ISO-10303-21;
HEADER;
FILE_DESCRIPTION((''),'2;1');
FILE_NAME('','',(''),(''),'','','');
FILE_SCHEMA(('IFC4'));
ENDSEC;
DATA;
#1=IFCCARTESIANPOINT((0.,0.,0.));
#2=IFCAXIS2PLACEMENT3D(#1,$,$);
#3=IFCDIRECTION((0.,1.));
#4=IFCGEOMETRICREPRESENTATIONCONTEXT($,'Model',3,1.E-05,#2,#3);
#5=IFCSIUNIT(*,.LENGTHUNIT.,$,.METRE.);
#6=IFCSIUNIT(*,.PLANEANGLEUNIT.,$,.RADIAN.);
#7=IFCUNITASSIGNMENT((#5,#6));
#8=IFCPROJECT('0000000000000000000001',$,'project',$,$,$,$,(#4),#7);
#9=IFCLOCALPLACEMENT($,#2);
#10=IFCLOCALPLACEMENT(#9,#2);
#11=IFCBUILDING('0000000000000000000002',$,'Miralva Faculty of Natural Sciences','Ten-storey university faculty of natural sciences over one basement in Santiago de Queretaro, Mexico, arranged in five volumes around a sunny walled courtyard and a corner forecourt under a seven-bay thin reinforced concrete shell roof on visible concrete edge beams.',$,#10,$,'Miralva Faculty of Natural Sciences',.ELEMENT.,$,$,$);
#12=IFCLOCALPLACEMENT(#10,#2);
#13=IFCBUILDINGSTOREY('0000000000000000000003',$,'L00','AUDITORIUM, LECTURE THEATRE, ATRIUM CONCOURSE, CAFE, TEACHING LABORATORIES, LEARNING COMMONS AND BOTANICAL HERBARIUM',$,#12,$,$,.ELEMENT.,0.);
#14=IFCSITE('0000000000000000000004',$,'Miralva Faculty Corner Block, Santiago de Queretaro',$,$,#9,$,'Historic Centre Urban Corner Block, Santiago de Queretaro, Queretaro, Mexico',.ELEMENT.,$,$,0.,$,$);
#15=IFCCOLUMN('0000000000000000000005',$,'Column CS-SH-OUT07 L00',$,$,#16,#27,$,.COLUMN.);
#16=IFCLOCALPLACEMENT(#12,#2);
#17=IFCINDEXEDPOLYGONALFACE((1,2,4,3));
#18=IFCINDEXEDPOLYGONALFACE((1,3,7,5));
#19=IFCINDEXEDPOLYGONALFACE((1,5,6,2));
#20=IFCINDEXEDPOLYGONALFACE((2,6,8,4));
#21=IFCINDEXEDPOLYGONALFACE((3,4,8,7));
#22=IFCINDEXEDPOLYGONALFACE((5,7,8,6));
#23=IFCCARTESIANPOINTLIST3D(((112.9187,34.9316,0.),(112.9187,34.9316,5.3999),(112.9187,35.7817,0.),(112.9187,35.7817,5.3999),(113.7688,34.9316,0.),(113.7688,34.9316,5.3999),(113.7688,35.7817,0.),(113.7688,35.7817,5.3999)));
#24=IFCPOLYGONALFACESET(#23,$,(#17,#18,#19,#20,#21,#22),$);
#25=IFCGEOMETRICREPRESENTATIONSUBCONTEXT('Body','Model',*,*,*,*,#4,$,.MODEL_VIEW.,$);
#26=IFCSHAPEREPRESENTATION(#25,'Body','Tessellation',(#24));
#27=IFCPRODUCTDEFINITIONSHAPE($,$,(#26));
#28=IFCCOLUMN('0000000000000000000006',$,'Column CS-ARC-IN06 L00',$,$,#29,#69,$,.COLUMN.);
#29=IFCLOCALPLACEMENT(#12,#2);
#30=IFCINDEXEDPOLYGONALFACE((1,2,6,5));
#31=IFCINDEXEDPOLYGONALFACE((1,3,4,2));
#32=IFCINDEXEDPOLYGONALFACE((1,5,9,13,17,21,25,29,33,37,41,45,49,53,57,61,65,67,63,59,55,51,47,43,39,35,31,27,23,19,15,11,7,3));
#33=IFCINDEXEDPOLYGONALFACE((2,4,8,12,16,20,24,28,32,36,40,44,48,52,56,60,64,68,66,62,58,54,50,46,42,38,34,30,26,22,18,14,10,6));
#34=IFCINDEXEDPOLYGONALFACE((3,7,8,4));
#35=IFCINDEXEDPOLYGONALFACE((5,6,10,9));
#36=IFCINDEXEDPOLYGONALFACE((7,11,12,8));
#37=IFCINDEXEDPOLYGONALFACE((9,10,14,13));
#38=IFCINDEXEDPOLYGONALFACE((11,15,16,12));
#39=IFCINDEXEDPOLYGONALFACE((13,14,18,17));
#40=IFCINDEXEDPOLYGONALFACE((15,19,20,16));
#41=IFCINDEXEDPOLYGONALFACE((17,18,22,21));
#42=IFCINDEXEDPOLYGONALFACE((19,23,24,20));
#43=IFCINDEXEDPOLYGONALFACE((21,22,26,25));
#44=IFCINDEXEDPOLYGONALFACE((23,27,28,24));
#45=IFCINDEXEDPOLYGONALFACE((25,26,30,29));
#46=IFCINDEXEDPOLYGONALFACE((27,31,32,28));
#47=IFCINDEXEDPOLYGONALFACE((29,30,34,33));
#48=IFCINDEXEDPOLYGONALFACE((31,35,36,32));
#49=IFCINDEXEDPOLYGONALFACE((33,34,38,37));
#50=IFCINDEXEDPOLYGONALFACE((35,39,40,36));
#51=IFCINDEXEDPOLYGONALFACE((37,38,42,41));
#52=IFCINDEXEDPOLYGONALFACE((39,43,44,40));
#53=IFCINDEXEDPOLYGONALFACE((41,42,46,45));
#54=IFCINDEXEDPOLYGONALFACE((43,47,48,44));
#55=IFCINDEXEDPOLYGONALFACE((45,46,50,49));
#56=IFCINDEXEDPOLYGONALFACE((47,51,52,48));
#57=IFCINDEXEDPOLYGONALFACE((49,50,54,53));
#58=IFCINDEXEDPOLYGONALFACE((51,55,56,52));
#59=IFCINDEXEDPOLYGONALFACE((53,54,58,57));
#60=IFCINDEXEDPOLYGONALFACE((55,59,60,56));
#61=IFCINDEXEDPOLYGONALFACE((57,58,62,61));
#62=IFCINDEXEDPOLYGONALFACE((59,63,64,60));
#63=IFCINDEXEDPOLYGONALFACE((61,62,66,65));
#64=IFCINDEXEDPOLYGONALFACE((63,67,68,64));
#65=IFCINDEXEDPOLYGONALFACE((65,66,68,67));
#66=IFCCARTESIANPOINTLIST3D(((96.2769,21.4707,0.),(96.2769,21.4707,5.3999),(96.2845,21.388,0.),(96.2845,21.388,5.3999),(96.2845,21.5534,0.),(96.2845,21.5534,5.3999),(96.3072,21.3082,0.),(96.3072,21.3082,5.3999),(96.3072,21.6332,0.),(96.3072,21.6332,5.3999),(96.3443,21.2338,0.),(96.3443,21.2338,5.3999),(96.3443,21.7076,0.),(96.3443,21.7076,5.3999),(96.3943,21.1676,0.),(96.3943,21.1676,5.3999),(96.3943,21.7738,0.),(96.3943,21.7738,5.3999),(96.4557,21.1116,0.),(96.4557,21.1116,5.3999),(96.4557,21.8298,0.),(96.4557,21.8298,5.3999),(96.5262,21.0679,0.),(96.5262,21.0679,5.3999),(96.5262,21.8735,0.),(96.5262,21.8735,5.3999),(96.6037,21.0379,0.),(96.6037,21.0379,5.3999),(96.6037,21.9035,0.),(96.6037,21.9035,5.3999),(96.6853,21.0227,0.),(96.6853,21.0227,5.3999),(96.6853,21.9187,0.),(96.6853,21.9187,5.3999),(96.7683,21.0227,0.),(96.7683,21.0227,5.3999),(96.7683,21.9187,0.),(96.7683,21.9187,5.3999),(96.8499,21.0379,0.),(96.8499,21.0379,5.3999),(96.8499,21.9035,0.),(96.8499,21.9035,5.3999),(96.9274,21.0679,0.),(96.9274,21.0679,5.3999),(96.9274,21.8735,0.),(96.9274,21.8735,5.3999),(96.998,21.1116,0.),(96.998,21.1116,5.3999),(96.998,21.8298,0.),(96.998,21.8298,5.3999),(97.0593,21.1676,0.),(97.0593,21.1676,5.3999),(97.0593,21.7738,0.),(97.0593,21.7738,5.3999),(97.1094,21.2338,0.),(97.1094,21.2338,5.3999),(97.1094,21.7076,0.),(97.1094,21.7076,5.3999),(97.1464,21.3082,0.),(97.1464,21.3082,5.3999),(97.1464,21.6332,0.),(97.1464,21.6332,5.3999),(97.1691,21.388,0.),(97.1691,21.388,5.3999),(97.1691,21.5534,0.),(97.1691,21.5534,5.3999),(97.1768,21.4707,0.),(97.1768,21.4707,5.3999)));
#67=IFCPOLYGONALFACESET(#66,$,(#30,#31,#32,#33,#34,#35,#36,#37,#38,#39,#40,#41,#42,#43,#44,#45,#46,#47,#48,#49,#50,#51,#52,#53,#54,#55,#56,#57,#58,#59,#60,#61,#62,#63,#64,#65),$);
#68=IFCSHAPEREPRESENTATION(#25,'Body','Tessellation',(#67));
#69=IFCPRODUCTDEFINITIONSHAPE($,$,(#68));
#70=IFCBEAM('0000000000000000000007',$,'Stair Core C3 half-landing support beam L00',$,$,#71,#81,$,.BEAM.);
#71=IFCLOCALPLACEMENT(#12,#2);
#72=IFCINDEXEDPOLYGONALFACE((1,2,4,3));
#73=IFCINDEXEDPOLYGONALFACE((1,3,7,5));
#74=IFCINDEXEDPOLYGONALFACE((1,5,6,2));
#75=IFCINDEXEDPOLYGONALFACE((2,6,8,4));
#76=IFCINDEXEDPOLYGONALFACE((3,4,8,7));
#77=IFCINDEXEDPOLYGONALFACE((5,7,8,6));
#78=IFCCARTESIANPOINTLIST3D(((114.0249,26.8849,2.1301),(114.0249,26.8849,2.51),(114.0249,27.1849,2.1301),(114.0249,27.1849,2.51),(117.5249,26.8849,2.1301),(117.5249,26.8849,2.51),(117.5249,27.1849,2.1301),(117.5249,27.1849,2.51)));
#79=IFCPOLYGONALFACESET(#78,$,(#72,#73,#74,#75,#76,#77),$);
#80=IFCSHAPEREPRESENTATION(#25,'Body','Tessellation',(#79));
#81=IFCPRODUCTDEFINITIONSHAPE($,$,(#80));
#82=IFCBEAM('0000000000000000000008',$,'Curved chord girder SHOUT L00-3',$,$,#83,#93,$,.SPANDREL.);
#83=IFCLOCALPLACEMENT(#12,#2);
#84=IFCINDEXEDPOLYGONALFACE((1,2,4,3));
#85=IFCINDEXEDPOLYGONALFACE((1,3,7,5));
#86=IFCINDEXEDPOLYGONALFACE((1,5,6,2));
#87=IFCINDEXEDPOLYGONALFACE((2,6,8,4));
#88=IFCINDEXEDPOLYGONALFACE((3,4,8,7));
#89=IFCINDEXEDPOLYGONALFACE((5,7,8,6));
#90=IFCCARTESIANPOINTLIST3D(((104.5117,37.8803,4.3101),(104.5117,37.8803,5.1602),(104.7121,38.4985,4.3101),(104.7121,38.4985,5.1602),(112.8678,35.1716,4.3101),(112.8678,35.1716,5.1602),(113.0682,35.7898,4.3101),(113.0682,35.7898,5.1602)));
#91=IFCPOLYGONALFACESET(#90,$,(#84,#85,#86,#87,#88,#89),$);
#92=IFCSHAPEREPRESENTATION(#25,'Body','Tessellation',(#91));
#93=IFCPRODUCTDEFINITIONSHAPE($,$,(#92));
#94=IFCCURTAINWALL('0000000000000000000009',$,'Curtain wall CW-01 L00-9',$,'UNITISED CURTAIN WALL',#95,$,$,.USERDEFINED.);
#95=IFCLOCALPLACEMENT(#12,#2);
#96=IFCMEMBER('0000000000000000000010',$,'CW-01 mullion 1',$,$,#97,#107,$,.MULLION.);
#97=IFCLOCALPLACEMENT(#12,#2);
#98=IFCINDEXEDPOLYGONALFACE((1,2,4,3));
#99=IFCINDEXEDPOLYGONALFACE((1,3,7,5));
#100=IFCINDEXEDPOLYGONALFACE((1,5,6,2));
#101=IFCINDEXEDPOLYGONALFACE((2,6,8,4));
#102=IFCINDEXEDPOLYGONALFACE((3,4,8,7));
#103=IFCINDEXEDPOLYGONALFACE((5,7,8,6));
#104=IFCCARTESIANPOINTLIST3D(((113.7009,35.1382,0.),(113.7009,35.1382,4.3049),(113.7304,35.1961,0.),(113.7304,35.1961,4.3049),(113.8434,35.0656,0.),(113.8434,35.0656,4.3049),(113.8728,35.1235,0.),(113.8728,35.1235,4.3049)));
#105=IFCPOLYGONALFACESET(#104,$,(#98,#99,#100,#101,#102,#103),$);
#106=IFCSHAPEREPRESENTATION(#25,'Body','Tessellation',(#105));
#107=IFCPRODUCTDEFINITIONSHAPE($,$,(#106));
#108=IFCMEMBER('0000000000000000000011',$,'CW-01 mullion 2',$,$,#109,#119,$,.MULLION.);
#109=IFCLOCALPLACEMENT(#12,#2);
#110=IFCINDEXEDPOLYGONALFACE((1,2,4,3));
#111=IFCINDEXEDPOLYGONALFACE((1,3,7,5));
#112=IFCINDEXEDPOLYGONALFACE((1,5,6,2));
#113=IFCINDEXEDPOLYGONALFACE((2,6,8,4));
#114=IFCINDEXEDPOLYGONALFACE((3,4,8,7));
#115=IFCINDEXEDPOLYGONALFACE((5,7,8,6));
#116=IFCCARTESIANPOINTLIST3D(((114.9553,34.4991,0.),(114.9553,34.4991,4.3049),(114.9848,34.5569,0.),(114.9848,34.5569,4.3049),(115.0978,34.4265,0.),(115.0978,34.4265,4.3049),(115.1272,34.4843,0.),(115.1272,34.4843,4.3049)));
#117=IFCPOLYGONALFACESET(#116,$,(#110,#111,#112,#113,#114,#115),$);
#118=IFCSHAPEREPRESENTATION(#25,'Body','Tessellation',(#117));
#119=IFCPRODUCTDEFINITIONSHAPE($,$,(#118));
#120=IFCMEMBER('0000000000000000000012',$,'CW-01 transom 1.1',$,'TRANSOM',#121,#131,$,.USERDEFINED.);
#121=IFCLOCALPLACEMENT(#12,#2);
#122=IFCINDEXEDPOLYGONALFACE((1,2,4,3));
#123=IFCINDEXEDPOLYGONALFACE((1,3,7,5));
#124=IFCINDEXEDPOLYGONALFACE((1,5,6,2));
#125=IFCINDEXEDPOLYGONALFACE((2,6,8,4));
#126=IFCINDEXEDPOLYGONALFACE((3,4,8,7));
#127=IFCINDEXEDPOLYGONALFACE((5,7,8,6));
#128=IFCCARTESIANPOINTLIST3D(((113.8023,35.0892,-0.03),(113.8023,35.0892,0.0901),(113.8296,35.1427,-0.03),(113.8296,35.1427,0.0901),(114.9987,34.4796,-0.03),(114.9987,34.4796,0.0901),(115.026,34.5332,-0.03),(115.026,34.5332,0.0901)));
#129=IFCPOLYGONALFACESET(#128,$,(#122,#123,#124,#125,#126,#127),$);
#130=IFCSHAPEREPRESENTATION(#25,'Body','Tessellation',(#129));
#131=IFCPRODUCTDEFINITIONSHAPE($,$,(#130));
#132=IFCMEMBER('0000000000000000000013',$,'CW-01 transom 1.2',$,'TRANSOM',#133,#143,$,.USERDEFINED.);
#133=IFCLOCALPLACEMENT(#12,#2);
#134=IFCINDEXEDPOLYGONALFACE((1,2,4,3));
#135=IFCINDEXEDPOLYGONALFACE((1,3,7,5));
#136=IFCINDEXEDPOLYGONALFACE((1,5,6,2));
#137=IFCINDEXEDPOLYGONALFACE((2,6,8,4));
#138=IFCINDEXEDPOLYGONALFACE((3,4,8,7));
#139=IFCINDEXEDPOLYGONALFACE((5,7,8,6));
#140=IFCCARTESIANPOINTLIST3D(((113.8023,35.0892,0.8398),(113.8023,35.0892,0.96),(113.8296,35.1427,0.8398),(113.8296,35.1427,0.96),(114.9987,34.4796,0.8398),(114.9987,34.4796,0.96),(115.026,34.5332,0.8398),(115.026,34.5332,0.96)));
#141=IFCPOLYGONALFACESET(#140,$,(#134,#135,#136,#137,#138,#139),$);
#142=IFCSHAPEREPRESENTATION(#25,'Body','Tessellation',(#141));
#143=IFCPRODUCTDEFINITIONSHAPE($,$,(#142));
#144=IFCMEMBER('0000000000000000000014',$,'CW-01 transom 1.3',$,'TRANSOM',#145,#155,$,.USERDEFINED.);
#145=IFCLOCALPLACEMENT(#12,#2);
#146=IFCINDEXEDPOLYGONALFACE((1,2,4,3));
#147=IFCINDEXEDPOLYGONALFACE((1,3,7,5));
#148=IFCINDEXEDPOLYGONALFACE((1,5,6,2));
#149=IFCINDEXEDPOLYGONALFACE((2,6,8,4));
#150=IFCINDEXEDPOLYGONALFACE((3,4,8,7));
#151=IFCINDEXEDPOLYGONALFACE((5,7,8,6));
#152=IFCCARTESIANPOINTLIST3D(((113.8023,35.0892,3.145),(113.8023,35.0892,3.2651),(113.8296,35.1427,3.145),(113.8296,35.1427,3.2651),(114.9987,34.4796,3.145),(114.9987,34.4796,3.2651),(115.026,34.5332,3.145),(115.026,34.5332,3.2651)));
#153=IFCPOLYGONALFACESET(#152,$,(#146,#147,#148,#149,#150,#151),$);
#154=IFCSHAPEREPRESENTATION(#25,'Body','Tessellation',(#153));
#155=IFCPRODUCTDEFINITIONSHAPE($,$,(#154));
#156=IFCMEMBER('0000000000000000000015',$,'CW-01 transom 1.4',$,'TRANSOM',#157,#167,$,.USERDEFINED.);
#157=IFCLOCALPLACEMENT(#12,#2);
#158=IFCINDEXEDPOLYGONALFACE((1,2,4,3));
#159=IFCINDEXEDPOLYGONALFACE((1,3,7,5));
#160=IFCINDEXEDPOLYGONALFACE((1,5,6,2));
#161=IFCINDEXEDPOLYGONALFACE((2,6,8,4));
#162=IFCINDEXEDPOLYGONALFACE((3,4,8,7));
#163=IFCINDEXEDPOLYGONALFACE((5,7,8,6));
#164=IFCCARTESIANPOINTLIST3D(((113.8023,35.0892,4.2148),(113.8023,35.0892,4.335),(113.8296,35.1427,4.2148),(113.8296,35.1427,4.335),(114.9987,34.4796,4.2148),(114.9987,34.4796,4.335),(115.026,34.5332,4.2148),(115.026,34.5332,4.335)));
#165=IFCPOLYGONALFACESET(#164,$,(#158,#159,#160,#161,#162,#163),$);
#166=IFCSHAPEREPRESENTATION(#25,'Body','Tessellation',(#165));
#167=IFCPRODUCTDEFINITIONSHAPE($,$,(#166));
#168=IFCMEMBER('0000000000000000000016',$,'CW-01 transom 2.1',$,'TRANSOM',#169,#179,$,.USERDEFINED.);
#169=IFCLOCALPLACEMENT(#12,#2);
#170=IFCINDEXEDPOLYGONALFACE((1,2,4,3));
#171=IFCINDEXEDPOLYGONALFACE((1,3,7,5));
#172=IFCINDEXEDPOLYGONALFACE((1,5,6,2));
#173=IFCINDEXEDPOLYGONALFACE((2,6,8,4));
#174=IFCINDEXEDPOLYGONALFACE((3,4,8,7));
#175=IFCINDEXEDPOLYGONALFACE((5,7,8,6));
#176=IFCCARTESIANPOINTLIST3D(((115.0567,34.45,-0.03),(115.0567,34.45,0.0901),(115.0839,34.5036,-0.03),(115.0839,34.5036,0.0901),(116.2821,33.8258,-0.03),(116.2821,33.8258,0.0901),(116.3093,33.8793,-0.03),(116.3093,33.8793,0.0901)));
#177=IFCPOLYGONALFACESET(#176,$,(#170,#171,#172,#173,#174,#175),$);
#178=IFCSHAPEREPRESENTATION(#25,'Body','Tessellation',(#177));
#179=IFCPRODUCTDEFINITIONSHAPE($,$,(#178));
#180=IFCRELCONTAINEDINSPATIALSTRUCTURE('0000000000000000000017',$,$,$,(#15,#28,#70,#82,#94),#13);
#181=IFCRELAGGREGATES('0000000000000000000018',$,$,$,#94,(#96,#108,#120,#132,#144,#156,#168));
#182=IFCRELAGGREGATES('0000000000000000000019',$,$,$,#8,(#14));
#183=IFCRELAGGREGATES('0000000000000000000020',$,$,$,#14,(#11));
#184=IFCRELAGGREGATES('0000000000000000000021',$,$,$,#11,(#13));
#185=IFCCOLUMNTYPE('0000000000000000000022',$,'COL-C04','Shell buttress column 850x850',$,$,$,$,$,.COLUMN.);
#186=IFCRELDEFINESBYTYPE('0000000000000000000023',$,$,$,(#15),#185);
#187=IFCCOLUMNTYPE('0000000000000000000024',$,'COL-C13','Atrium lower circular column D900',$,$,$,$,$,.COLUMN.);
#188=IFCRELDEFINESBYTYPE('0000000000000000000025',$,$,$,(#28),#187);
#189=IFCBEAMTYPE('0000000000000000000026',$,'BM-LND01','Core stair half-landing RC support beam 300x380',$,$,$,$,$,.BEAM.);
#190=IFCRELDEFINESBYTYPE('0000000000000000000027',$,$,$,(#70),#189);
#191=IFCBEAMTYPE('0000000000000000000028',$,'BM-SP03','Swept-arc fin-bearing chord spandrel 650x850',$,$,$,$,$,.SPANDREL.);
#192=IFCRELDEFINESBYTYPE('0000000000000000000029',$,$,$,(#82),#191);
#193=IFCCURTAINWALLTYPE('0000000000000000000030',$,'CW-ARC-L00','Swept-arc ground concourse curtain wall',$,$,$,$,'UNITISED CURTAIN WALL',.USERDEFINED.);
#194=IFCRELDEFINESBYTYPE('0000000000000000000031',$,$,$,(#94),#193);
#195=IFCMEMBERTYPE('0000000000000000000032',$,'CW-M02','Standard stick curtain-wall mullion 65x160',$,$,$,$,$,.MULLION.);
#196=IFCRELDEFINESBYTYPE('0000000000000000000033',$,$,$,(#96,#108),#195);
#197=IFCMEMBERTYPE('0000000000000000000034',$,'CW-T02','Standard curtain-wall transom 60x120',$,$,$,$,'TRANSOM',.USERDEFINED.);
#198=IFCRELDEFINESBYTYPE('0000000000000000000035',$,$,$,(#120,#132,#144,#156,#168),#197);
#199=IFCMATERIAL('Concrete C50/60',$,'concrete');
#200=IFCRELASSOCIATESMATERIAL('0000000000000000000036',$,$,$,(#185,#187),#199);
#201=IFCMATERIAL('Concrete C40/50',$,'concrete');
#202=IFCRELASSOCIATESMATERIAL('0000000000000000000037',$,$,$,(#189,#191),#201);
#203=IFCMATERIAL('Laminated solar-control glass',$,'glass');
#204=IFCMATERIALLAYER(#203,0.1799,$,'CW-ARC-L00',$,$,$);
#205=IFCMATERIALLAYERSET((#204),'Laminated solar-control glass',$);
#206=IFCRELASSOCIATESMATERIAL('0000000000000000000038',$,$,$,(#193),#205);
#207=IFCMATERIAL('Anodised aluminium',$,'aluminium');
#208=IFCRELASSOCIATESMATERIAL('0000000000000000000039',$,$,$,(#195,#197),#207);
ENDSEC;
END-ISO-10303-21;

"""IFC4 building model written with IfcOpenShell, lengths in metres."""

from ifc_helpers import new_model, si_unit, direction, frame, origin, origin_2d, place, context, subcontext, project, spatial, rectangle, circle, extrude, material, layer, layer_set, material_profile, profile_set, type_object, element, aggregate, save


model = new_model("IFC4")

# Units and contexts
model_context = context("Model", 3, precision=1e-05, world=origin(), true_north=direction((0.0, 1.0)))
body_context = subcontext(model_context, "Body", "Model", "MODEL_VIEW")
ifc_project = project(units=[si_unit("LENGTHUNIT", "METRE"), si_unit("PLANEANGLEUNIT", "RADIAN")], contexts=[model_context])

# Site, building, storey
site_placement = place(None, origin())
site = spatial("IfcSite", under=ifc_project, at=site_placement, Name="Miralva Faculty Corner Block, Santiago de Queretaro", LongName="Historic Centre Urban Corner Block, Santiago de Queretaro, Queretaro, Mexico", CompositionType="ELEMENT", RefElevation=0.0)
building_placement = place(site_placement, origin())
building = spatial("IfcBuilding", under=site, at=building_placement, Name="Miralva Faculty of Natural Sciences", Description="Ten-storey university faculty of natural sciences over one basement in Santiago de Queretaro, Mexico, arranged in five volumes around a sunny walled courtyard and a corner forecourt under a seven-bay thin reinforced concrete shell roof on visible concrete edge beams.", LongName="Miralva Faculty of Natural Sciences", CompositionType="ELEMENT")
storey_placement = place(building_placement, origin())
storey = spatial("IfcBuildingStorey", under=building, at=storey_placement, Name="L00", Description="AUDITORIUM, LECTURE THEATRE, ATRIUM CONCOURSE, CAFE, TEACHING LABORATORIES, LEARNING COMMONS AND BOTANICAL HERBARIUM", CompositionType="ELEMENT", Elevation=0.0)

# Columns
ifc_material_1 = material(Name="Concrete C50/60", Category="concrete")
ifc_material_profile_1 = material_profile(ifc_material_1, rectangle(XDim=0.8501, YDim=0.8501, at=origin_2d()), Name="RC 850x850")
ifc_profile_set_1 = profile_set([ifc_material_profile_1], Name="Concrete C50/60")
column_type_1 = type_object("IfcColumnType", Name="COL-C04", Description="Shell buttress column 850x850", PredefinedType="COLUMN", material=ifc_profile_set_1)
column_1_placement = place(storey_placement, frame((113.3438, 35.3567, 0.0), z_axis=(0.0, 0.0, 1.0), x_axis=(1.0, 0.0, 0.0)))
element("IfcColumn", 1, at=column_1_placement, inside=storey, type_object=column_type_1, Name="Column CS-SH-OUT07 L00", PredefinedType="COLUMN", context=body_context, shape_type="SweptSolid", body=[
    extrude(rectangle(XDim=0.8501, YDim=0.8501, at=origin_2d()), origin(), (0.0, 0.0, 1.0), 5.3999),
])
ifc_material_profile_2 = material_profile(ifc_material_1, circle(Radius=0.45, at=origin_2d()), Name="RC DIA 900")
ifc_profile_set_2 = profile_set([ifc_material_profile_2], Name="Concrete C50/60")
column_type_2 = type_object("IfcColumnType", Name="COL-C13", Description="Atrium lower circular column D900", PredefinedType="COLUMN", material=ifc_profile_set_2)
column_2_placement = place(storey_placement, frame((96.7268, 21.4707, 0.0), z_axis=(0.0, 0.0, 1.0), x_axis=(1.0, 0.0, 0.0)))
element("IfcColumn", 2, at=column_2_placement, inside=storey, type_object=column_type_2, Name="Column CS-ARC-IN06 L00", PredefinedType="COLUMN", context=body_context, shape_type="SweptSolid", body=[
    extrude(circle(Radius=0.45, at=origin_2d()), origin(), (0.0, 0.0, 1.0), 5.3999),
])

# Beams
ifc_material_2 = material(Name="Concrete C40/50", Category="concrete")
ifc_material_profile_3 = material_profile(ifc_material_2, rectangle(XDim=0.3, YDim=0.3799, at=origin_2d()), Name="RC 300x380")
ifc_profile_set_3 = profile_set([ifc_material_profile_3], Name="Concrete C40/50")
beam_type_1 = type_object("IfcBeamType", Name="BM-LND01", Description="Core stair half-landing RC support beam 300x380", PredefinedType="BEAM", material=ifc_profile_set_3)
beam_1_placement = place(storey_placement, frame((114.0249, 27.0349, 2.3201), z_axis=(1.0, 0.0, 0.0), x_axis=(0.0, 1.0, 0.0)))
element("IfcBeam", 3, at=beam_1_placement, inside=storey, type_object=beam_type_1, Name="Stair Core C3 half-landing support beam L00", PredefinedType="BEAM", context=body_context, shape_type="SweptSolid", body=[
    extrude(rectangle(XDim=0.3, YDim=0.3799, at=origin_2d()), origin(), (0.0, 0.0, 1.0), 3.5),
])
ifc_material_profile_4 = material_profile(ifc_material_2, rectangle(XDim=0.6499, YDim=0.8501, at=origin_2d()), Name="RC 650x850")
ifc_profile_set_4 = profile_set([ifc_material_profile_4], Name="Concrete C40/50")
beam_type_2 = type_object("IfcBeamType", Name="BM-SP03", Description="Swept-arc fin-bearing chord spandrel 650x850", PredefinedType="SPANDREL", material=ifc_profile_set_4)
beam_2_placement = place(storey_placement, frame((112.968, 35.4807, 4.7351), z_axis=(-0.951269, 0.308363, 0.0), x_axis=(-0.308363, -0.951269, 0.0)))
element("IfcBeam", 4, at=beam_2_placement, inside=storey, type_object=beam_type_2, Name="Curved chord girder SHOUT L00-3", PredefinedType="SPANDREL", context=body_context, shape_type="SweptSolid", body=[
    extrude(rectangle(XDim=0.6499, YDim=0.8501, at=origin_2d()), origin(), (0.0, 0.0, 1.0), 8.7842),
])

# Curtain wall, members
ifc_material_3 = material(Name="Laminated solar-control glass", Category="glass")
ifc_layer_1 = layer(ifc_material_3, 0.1799, Name="CW-ARC-L00")
ifc_layer_set_1 = layer_set([ifc_layer_1], Name="Laminated solar-control glass")
curtain_wall_type = type_object("IfcCurtainWallType", Name="CW-ARC-L00", Description="Swept-arc ground concourse curtain wall", ElementType="UNITISED CURTAIN WALL", PredefinedType="USERDEFINED", material=ifc_layer_set_1)
curtain_wall_placement = place(storey_placement, origin())
curtain_wall = element("IfcCurtainWall", 5, at=curtain_wall_placement, inside=storey, type_object=curtain_wall_type, Name="Curtain wall CW-01 L00-9", ObjectType="UNITISED CURTAIN WALL", PredefinedType="USERDEFINED")
ifc_material_4 = material(Name="Anodised aluminium", Category="aluminium")
ifc_material_profile_5 = material_profile(ifc_material_4, rectangle(XDim=0.0649, YDim=0.1599, at=origin_2d()), Name="MULLION 65x160")
ifc_profile_set_5 = profile_set([ifc_material_profile_5], Name="Anodised aluminium")
member_type_1 = type_object("IfcMemberType", Name="CW-M02", Description="Standard stick curtain-wall mullion 65x160", PredefinedType="MULLION", material=ifc_profile_set_5)
member_1_placement = place(storey_placement, frame((113.7869, 35.1309, 0.0), z_axis=(0.0, 0.0, 1.0), x_axis=(0.453968, 0.891018, 0.0)))
member_1 = element("IfcMember", 6, at=member_1_placement, type_object=member_type_1, Name="CW-01 mullion 1", PredefinedType="MULLION", context=body_context, shape_type="SweptSolid", body=[
    extrude(rectangle(XDim=0.0649, YDim=0.1599, at=origin_2d()), origin(), (0.0, 0.0, 1.0), 4.3049),
])
member_2_placement = place(storey_placement, frame((115.0413, 34.4917, 0.0), z_axis=(0.0, 0.0, 1.0), x_axis=(0.453968, 0.891018, 0.0)))
member_2 = element("IfcMember", 7, at=member_2_placement, type_object=member_type_1, Name="CW-01 mullion 2", PredefinedType="MULLION", context=body_context, shape_type="SweptSolid", body=[
    extrude(rectangle(XDim=0.0649, YDim=0.1599, at=origin_2d()), origin(), (0.0, 0.0, 1.0), 4.3049),
])
ifc_material_profile_6 = material_profile(ifc_material_4, rectangle(XDim=0.0601, YDim=0.1201, at=origin_2d()), Name="TRANSOM 60x120")
ifc_profile_set_6 = profile_set([ifc_material_profile_6], Name="Anodised aluminium")
member_type_2 = type_object("IfcMemberType", Name="CW-T02", Description="Standard curtain-wall transom 60x120", ElementType="TRANSOM", PredefinedType="USERDEFINED", material=ifc_profile_set_6)
member_3_placement = place(storey_placement, frame((113.8159, 35.116, 0.03), z_axis=(0.89102, -0.453964, 0.0), x_axis=(0.453964, 0.89102, 0.0)))
member_3 = element("IfcMember", 8, at=member_3_placement, type_object=member_type_2, Name="CW-01 transom 1.1", ObjectType="TRANSOM", PredefinedType="USERDEFINED", context=body_context, shape_type="SweptSolid", body=[
    extrude(rectangle(XDim=0.0601, YDim=0.1201, at=origin_2d()), origin(), (0.0, 0.0, 1.0), 1.3428),
])
member_4_placement = place(storey_placement, frame((113.8159, 35.116, 0.8999), z_axis=(0.89102, -0.453964, 0.0), x_axis=(0.453964, 0.89102, 0.0)))
member_4 = element("IfcMember", 9, at=member_4_placement, type_object=member_type_2, Name="CW-01 transom 1.2", ObjectType="TRANSOM", PredefinedType="USERDEFINED", context=body_context, shape_type="SweptSolid", body=[
    extrude(rectangle(XDim=0.0601, YDim=0.1201, at=origin_2d()), origin(), (0.0, 0.0, 1.0), 1.3428),
])
member_5_placement = place(storey_placement, frame((113.8159, 35.116, 3.2051), z_axis=(0.89102, -0.453964, 0.0), x_axis=(0.453964, 0.89102, 0.0)))
member_5 = element("IfcMember", 10, at=member_5_placement, type_object=member_type_2, Name="CW-01 transom 1.3", ObjectType="TRANSOM", PredefinedType="USERDEFINED", context=body_context, shape_type="SweptSolid", body=[
    extrude(rectangle(XDim=0.0601, YDim=0.1201, at=origin_2d()), origin(), (0.0, 0.0, 1.0), 1.3428),
])
member_6_placement = place(storey_placement, frame((113.8159, 35.116, 4.2749), z_axis=(0.89102, -0.453964, 0.0), x_axis=(0.453964, 0.89102, 0.0)))
member_6 = element("IfcMember", 11, at=member_6_placement, type_object=member_type_2, Name="CW-01 transom 1.4", ObjectType="TRANSOM", PredefinedType="USERDEFINED", context=body_context, shape_type="SweptSolid", body=[
    extrude(rectangle(XDim=0.0601, YDim=0.1201, at=origin_2d()), origin(), (0.0, 0.0, 1.0), 1.3428),
])
member_7_placement = place(storey_placement, frame((115.0703, 34.4768, 0.03), z_axis=(0.891029, -0.453947, 0.0), x_axis=(0.453947, 0.891029, 0.0)))
member_7 = element("IfcMember", 12, at=member_7_placement, type_object=member_type_2, Name="CW-01 transom 2.1", ObjectType="TRANSOM", PredefinedType="USERDEFINED", context=body_context, shape_type="SweptSolid", body=[
    extrude(rectangle(XDim=0.0601, YDim=0.1201, at=origin_2d()), origin(), (0.0, 0.0, 1.0), 1.3752),
])
aggregate(curtain_wall, [member_1, member_2, member_3, member_4, member_5, member_6, member_7])

save(model, "model.ifc")
